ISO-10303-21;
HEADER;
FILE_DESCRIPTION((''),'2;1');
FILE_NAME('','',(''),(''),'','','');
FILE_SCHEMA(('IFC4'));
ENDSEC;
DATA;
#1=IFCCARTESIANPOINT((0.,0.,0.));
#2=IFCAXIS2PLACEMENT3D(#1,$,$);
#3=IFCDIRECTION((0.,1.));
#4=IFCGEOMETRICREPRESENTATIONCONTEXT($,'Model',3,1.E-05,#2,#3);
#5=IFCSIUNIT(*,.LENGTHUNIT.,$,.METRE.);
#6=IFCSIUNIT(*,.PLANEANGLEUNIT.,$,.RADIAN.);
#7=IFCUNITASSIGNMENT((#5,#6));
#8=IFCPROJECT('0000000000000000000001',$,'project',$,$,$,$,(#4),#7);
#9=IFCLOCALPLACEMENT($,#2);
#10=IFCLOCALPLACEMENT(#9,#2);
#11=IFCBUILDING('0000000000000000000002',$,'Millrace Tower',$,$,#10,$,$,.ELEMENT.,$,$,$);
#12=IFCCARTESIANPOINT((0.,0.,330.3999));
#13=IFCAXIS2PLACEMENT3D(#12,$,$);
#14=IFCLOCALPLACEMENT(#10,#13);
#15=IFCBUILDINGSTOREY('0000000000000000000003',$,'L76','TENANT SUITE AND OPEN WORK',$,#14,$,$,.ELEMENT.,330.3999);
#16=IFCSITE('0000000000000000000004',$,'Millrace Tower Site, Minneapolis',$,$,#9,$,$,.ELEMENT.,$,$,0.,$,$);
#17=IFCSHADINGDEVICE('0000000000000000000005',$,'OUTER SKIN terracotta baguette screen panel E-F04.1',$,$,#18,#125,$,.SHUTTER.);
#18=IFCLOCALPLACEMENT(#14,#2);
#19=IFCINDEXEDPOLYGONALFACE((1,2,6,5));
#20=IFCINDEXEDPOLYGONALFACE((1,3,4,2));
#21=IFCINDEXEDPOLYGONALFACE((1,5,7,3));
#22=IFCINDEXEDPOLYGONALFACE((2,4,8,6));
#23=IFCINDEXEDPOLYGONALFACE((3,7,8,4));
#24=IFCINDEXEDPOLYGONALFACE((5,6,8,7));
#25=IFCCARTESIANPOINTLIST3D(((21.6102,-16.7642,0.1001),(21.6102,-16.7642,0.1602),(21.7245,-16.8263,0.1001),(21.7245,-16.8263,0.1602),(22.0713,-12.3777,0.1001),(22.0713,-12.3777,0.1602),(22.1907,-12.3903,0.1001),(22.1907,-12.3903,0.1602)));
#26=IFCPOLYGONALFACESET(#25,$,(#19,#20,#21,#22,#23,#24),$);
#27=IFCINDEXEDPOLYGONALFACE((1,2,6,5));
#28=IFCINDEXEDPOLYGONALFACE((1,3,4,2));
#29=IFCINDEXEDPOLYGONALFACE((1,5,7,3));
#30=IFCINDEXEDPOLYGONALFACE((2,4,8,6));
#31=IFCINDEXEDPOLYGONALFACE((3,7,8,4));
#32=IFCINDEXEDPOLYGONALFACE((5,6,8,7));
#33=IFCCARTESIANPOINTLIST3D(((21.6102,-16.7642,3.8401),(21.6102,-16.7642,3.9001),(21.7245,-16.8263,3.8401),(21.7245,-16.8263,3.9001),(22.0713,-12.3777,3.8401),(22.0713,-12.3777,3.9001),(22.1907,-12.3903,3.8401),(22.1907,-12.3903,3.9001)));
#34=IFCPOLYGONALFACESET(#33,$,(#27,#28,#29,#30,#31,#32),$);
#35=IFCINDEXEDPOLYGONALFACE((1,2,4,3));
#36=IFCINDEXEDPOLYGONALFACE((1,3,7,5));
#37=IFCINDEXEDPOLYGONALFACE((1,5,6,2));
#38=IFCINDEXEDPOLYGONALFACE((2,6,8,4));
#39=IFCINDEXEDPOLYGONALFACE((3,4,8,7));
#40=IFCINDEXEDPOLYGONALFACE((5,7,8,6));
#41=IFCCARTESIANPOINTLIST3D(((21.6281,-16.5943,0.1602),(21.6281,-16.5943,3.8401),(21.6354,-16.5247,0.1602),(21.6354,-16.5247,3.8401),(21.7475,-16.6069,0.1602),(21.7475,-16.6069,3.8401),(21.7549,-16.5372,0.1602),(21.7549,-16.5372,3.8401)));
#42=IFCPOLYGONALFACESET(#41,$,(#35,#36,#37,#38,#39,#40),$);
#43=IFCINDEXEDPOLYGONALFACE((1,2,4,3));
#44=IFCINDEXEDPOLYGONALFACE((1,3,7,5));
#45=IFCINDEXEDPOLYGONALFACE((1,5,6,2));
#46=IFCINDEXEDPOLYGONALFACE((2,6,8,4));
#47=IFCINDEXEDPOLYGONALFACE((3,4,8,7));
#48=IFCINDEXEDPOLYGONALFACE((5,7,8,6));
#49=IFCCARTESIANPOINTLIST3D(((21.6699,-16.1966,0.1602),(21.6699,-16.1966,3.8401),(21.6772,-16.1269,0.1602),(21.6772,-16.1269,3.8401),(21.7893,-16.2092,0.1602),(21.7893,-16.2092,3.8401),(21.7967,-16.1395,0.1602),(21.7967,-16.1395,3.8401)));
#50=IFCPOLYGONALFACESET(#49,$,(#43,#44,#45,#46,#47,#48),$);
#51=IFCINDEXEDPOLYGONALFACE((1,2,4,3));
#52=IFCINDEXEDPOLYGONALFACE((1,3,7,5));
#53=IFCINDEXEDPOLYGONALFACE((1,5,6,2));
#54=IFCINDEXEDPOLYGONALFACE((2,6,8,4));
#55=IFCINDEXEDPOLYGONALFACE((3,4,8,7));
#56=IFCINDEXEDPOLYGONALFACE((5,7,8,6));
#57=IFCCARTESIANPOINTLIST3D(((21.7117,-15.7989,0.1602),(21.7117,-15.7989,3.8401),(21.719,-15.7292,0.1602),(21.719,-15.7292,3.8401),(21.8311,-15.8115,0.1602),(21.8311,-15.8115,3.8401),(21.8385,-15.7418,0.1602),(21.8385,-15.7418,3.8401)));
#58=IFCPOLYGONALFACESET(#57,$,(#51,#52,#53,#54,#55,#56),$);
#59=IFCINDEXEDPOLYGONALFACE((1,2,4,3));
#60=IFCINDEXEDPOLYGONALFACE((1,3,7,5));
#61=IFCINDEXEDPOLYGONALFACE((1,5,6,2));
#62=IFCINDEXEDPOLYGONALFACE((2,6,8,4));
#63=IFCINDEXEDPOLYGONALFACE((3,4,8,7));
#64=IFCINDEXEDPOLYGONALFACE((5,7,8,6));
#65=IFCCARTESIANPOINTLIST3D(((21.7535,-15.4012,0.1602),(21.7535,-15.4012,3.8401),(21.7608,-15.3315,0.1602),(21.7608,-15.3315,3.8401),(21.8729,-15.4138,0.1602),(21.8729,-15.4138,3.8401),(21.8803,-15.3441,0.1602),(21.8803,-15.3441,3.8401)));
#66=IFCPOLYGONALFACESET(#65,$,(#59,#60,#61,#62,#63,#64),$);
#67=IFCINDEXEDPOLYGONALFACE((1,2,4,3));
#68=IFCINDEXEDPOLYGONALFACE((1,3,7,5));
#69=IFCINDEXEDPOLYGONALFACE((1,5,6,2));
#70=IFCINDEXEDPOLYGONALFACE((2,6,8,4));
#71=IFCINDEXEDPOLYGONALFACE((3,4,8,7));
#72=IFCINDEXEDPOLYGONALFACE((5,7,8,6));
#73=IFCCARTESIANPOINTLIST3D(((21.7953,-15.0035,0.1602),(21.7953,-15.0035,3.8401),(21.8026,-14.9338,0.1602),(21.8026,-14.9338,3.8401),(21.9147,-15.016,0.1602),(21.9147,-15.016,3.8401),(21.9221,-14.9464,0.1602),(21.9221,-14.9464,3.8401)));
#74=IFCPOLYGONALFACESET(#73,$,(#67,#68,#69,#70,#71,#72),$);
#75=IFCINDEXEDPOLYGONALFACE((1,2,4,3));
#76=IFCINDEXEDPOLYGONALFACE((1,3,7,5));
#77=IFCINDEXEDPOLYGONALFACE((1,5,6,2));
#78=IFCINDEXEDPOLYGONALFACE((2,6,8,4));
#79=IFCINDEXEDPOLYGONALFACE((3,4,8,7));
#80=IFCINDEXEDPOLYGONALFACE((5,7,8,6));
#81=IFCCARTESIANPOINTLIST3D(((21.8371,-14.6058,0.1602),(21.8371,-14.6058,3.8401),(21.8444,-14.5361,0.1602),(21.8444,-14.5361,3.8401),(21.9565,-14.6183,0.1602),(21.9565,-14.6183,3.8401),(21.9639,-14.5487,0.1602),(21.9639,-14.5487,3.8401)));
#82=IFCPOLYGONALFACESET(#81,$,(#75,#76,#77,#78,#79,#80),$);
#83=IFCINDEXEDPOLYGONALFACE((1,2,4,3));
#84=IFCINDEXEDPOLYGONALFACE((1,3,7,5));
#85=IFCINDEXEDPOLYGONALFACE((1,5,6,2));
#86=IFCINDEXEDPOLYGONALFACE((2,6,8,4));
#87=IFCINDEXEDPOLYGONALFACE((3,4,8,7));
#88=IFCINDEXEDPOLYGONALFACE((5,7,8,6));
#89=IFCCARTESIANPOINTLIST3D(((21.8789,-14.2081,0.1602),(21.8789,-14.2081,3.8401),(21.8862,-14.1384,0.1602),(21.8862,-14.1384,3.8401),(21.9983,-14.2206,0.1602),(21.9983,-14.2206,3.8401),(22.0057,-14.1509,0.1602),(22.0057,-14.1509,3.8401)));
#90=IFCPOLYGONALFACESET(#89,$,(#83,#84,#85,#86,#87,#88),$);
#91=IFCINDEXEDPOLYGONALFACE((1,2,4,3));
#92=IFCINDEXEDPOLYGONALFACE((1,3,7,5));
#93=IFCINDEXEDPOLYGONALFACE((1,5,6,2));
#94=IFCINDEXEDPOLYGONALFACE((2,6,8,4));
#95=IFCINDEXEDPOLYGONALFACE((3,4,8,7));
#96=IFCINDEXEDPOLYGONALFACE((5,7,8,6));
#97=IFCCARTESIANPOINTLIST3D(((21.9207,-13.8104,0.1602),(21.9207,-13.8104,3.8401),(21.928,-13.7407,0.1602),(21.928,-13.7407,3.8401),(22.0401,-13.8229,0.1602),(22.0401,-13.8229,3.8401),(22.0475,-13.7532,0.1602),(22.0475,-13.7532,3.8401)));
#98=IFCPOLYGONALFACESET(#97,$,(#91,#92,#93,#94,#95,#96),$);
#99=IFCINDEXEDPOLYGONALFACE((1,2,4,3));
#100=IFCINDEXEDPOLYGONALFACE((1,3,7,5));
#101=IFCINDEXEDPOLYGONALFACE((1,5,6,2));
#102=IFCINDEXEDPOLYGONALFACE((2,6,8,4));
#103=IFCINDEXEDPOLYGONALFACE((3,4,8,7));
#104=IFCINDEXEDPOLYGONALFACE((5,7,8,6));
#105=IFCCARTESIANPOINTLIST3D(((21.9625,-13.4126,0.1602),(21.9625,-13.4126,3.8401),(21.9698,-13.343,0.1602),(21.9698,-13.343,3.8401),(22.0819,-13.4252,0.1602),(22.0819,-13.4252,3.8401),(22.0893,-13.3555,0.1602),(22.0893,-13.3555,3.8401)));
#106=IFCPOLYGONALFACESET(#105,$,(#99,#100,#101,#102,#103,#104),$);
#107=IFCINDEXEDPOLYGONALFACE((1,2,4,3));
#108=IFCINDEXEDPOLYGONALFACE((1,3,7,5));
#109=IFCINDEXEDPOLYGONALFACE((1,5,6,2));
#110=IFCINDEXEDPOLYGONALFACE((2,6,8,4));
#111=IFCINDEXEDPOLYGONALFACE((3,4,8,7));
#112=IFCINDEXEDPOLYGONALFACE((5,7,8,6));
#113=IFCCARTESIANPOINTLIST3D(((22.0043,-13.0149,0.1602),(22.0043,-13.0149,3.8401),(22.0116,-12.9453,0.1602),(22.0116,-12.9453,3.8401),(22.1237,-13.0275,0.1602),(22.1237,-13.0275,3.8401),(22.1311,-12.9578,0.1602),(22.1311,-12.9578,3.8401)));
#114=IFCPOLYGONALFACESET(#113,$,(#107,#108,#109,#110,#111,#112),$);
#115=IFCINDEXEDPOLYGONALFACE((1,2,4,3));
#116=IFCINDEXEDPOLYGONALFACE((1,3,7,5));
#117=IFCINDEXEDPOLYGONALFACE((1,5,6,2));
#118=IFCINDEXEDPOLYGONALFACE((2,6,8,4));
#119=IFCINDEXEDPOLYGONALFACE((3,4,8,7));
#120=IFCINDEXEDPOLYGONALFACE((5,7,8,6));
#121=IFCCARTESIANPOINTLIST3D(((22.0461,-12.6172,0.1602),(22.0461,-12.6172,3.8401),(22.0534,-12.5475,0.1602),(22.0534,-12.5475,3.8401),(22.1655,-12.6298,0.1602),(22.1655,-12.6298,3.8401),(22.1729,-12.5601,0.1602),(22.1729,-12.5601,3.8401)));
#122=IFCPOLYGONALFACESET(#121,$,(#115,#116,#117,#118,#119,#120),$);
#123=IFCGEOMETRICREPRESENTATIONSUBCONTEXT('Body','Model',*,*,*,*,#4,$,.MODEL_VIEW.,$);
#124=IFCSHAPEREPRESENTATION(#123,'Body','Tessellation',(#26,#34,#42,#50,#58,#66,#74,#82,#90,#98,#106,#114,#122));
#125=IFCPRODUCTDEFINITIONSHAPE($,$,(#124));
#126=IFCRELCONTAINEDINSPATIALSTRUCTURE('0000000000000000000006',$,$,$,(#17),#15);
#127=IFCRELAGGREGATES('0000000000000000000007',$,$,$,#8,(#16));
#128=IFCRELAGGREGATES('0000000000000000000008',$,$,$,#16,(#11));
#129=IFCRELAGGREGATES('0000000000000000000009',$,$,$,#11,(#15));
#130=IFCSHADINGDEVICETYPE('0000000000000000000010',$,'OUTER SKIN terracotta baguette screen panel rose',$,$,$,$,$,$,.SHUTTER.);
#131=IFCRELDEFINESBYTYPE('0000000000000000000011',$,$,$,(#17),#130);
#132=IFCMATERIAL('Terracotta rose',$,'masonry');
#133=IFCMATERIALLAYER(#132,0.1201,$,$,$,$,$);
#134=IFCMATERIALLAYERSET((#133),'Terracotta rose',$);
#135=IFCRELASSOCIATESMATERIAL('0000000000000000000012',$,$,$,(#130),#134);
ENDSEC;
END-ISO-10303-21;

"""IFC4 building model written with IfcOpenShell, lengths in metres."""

from ifc_helpers import new_model, entity, si_unit, direction, frame, frame_2d, origin, place, context, subcontext, project, spatial, rectangle, extrude, source, transform, mapped, material, layer, layer_set, type_object, element, save


model = new_model("IFC4")

# Units and contexts
model_context = context("Model", 3, precision=1e-05, world=origin(), true_north=direction((0.0, 1.0)))
body_context = subcontext(model_context, "Body", "Model", "MODEL_VIEW")
ifc_project = project(units=[si_unit("LENGTHUNIT", "METRE"), si_unit("PLANEANGLEUNIT", "RADIAN")], contexts=[model_context])

# Site, building, storey
site_placement = place(None, origin())
site = spatial("IfcSite", under=ifc_project, at=site_placement, Name="Millrace Tower Site, Minneapolis", CompositionType="ELEMENT", RefElevation=0.0)
building_placement = place(site_placement, origin())
building = spatial("IfcBuilding", under=site, at=building_placement, Name="Millrace Tower", CompositionType="ELEMENT")
storey_placement = place(building_placement, frame((0.0, 0.0, 330.3999)))
storey = spatial("IfcBuildingStorey", under=building, at=storey_placement, Name="L76", Description="TENANT SUITE AND OPEN WORK", CompositionType="ELEMENT", Elevation=330.3999)

# Shading device
ifc_material_1 = material(Name="Terracotta rose", Category="masonry")
ifc_layer_1 = layer(ifc_material_1, 0.1201)
ifc_layer_set_1 = layer_set([ifc_layer_1], Name="Terracotta rose")
shading_device_type = type_object("IfcShadingDeviceType", Name="OUTER SKIN terracotta baguette screen panel rose", PredefinedType="SHUTTER", material=ifc_layer_set_1)
cartesian_point_1 = entity("IfcCartesianPoint", [-2.1929, 0.0601])
shared_polyline_1 = entity("IfcPolyline", [cartesian_point_1, entity("IfcCartesianPoint", [2.2178, 0.0601]), entity("IfcCartesianPoint", [2.2178, -0.0601]), entity("IfcCartesianPoint", [-2.2427, -0.0601]), cartesian_point_1])
shared_shape_1 = source(origin(), body_context, "Body", "SweptSolid", [
    entity("IfcExtrudedAreaSolid", entity("IfcArbitraryClosedProfileDef", "AREA", None, shared_polyline_1), entity("IfcAxis2Placement3D", entity("IfcCartesianPoint", [0.0, 0.0, 0.0])), entity("IfcDirection", [0.0, 0.0, 1.0]), 0.0601),
    entity("IfcExtrudedAreaSolid", entity("IfcArbitraryClosedProfileDef", "AREA", None, shared_polyline_1), entity("IfcAxis2Placement3D", entity("IfcCartesianPoint", [0.0, 0.0, 3.74])), entity("IfcDirection", [0.0, 0.0, 1.0]), 0.0601),
    extrude(rectangle(XDim=0.0701, YDim=0.1201, at=frame_2d((-1.9871, 0.0))), frame((0.0, 0.0, 0.0601)), (0.0, 0.0, 1.0), 3.6799),
    extrude(rectangle(XDim=0.0701, YDim=0.1201, at=frame_2d((-1.5872, 0.0))), frame((0.0, 0.0, 0.0601)), (0.0, 0.0, 1.0), 3.6799),
    extrude(rectangle(XDim=0.0701, YDim=0.1201, at=frame_2d((-1.1873, 0.0))), frame((0.0, 0.0, 0.0601)), (0.0, 0.0, 1.0), 3.6799),
    extrude(rectangle(XDim=0.0701, YDim=0.1201, at=frame_2d((-0.7874, 0.0))), frame((0.0, 0.0, 0.0601)), (0.0, 0.0, 1.0), 3.6799),
    extrude(rectangle(XDim=0.0701, YDim=0.1201, at=frame_2d((-0.3875, 0.0))), frame((0.0, 0.0, 0.0601)), (0.0, 0.0, 1.0), 3.6799),
    extrude(rectangle(XDim=0.0701, YDim=0.1201, at=frame_2d((0.0125, 0.0))), frame((0.0, 0.0, 0.0601)), (0.0, 0.0, 1.0), 3.6799),
    extrude(rectangle(XDim=0.0701, YDim=0.1201, at=frame_2d((0.4124, 0.0))), frame((0.0, 0.0, 0.0601)), (0.0, 0.0, 1.0), 3.6799),
    extrude(rectangle(XDim=0.0701, YDim=0.1201, at=frame_2d((0.8123, 0.0))), frame((0.0, 0.0, 0.0601)), (0.0, 0.0, 1.0), 3.6799),
    extrude(rectangle(XDim=0.0701, YDim=0.1201, at=frame_2d((1.2122, 0.0))), frame((0.0, 0.0, 0.0601)), (0.0, 0.0, 1.0), 3.6799),
    extrude(rectangle(XDim=0.0701, YDim=0.1201, at=frame_2d((1.6121, 0.0))), frame((0.0, 0.0, 0.0601)), (0.0, 0.0, 1.0), 3.6799),
    extrude(rectangle(XDim=0.0701, YDim=0.1201, at=frame_2d((2.012, 0.0))), frame((0.0, 0.0, 0.0601)), (0.0, 0.0, 1.0), 3.6799),
])
shading_device_1_placement = place(storey_placement, frame((21.8992, -14.5896, 0.1001), z_axis=(0.0, 0.0, 1.0), x_axis=(0.104528, 0.994522, 0.0)))
element("IfcShadingDevice", 1, at=shading_device_1_placement, inside=storey, type_object=shading_device_type, Name="OUTER SKIN terracotta baguette screen panel E-F04.1", PredefinedType="SHUTTER", context=body_context, shape_type="MappedRepresentation", body=[
    mapped(shared_shape_1, transform((0.0, 0.0, 0.0), scale=1.0)),
])

save(model, "model.ifc")
